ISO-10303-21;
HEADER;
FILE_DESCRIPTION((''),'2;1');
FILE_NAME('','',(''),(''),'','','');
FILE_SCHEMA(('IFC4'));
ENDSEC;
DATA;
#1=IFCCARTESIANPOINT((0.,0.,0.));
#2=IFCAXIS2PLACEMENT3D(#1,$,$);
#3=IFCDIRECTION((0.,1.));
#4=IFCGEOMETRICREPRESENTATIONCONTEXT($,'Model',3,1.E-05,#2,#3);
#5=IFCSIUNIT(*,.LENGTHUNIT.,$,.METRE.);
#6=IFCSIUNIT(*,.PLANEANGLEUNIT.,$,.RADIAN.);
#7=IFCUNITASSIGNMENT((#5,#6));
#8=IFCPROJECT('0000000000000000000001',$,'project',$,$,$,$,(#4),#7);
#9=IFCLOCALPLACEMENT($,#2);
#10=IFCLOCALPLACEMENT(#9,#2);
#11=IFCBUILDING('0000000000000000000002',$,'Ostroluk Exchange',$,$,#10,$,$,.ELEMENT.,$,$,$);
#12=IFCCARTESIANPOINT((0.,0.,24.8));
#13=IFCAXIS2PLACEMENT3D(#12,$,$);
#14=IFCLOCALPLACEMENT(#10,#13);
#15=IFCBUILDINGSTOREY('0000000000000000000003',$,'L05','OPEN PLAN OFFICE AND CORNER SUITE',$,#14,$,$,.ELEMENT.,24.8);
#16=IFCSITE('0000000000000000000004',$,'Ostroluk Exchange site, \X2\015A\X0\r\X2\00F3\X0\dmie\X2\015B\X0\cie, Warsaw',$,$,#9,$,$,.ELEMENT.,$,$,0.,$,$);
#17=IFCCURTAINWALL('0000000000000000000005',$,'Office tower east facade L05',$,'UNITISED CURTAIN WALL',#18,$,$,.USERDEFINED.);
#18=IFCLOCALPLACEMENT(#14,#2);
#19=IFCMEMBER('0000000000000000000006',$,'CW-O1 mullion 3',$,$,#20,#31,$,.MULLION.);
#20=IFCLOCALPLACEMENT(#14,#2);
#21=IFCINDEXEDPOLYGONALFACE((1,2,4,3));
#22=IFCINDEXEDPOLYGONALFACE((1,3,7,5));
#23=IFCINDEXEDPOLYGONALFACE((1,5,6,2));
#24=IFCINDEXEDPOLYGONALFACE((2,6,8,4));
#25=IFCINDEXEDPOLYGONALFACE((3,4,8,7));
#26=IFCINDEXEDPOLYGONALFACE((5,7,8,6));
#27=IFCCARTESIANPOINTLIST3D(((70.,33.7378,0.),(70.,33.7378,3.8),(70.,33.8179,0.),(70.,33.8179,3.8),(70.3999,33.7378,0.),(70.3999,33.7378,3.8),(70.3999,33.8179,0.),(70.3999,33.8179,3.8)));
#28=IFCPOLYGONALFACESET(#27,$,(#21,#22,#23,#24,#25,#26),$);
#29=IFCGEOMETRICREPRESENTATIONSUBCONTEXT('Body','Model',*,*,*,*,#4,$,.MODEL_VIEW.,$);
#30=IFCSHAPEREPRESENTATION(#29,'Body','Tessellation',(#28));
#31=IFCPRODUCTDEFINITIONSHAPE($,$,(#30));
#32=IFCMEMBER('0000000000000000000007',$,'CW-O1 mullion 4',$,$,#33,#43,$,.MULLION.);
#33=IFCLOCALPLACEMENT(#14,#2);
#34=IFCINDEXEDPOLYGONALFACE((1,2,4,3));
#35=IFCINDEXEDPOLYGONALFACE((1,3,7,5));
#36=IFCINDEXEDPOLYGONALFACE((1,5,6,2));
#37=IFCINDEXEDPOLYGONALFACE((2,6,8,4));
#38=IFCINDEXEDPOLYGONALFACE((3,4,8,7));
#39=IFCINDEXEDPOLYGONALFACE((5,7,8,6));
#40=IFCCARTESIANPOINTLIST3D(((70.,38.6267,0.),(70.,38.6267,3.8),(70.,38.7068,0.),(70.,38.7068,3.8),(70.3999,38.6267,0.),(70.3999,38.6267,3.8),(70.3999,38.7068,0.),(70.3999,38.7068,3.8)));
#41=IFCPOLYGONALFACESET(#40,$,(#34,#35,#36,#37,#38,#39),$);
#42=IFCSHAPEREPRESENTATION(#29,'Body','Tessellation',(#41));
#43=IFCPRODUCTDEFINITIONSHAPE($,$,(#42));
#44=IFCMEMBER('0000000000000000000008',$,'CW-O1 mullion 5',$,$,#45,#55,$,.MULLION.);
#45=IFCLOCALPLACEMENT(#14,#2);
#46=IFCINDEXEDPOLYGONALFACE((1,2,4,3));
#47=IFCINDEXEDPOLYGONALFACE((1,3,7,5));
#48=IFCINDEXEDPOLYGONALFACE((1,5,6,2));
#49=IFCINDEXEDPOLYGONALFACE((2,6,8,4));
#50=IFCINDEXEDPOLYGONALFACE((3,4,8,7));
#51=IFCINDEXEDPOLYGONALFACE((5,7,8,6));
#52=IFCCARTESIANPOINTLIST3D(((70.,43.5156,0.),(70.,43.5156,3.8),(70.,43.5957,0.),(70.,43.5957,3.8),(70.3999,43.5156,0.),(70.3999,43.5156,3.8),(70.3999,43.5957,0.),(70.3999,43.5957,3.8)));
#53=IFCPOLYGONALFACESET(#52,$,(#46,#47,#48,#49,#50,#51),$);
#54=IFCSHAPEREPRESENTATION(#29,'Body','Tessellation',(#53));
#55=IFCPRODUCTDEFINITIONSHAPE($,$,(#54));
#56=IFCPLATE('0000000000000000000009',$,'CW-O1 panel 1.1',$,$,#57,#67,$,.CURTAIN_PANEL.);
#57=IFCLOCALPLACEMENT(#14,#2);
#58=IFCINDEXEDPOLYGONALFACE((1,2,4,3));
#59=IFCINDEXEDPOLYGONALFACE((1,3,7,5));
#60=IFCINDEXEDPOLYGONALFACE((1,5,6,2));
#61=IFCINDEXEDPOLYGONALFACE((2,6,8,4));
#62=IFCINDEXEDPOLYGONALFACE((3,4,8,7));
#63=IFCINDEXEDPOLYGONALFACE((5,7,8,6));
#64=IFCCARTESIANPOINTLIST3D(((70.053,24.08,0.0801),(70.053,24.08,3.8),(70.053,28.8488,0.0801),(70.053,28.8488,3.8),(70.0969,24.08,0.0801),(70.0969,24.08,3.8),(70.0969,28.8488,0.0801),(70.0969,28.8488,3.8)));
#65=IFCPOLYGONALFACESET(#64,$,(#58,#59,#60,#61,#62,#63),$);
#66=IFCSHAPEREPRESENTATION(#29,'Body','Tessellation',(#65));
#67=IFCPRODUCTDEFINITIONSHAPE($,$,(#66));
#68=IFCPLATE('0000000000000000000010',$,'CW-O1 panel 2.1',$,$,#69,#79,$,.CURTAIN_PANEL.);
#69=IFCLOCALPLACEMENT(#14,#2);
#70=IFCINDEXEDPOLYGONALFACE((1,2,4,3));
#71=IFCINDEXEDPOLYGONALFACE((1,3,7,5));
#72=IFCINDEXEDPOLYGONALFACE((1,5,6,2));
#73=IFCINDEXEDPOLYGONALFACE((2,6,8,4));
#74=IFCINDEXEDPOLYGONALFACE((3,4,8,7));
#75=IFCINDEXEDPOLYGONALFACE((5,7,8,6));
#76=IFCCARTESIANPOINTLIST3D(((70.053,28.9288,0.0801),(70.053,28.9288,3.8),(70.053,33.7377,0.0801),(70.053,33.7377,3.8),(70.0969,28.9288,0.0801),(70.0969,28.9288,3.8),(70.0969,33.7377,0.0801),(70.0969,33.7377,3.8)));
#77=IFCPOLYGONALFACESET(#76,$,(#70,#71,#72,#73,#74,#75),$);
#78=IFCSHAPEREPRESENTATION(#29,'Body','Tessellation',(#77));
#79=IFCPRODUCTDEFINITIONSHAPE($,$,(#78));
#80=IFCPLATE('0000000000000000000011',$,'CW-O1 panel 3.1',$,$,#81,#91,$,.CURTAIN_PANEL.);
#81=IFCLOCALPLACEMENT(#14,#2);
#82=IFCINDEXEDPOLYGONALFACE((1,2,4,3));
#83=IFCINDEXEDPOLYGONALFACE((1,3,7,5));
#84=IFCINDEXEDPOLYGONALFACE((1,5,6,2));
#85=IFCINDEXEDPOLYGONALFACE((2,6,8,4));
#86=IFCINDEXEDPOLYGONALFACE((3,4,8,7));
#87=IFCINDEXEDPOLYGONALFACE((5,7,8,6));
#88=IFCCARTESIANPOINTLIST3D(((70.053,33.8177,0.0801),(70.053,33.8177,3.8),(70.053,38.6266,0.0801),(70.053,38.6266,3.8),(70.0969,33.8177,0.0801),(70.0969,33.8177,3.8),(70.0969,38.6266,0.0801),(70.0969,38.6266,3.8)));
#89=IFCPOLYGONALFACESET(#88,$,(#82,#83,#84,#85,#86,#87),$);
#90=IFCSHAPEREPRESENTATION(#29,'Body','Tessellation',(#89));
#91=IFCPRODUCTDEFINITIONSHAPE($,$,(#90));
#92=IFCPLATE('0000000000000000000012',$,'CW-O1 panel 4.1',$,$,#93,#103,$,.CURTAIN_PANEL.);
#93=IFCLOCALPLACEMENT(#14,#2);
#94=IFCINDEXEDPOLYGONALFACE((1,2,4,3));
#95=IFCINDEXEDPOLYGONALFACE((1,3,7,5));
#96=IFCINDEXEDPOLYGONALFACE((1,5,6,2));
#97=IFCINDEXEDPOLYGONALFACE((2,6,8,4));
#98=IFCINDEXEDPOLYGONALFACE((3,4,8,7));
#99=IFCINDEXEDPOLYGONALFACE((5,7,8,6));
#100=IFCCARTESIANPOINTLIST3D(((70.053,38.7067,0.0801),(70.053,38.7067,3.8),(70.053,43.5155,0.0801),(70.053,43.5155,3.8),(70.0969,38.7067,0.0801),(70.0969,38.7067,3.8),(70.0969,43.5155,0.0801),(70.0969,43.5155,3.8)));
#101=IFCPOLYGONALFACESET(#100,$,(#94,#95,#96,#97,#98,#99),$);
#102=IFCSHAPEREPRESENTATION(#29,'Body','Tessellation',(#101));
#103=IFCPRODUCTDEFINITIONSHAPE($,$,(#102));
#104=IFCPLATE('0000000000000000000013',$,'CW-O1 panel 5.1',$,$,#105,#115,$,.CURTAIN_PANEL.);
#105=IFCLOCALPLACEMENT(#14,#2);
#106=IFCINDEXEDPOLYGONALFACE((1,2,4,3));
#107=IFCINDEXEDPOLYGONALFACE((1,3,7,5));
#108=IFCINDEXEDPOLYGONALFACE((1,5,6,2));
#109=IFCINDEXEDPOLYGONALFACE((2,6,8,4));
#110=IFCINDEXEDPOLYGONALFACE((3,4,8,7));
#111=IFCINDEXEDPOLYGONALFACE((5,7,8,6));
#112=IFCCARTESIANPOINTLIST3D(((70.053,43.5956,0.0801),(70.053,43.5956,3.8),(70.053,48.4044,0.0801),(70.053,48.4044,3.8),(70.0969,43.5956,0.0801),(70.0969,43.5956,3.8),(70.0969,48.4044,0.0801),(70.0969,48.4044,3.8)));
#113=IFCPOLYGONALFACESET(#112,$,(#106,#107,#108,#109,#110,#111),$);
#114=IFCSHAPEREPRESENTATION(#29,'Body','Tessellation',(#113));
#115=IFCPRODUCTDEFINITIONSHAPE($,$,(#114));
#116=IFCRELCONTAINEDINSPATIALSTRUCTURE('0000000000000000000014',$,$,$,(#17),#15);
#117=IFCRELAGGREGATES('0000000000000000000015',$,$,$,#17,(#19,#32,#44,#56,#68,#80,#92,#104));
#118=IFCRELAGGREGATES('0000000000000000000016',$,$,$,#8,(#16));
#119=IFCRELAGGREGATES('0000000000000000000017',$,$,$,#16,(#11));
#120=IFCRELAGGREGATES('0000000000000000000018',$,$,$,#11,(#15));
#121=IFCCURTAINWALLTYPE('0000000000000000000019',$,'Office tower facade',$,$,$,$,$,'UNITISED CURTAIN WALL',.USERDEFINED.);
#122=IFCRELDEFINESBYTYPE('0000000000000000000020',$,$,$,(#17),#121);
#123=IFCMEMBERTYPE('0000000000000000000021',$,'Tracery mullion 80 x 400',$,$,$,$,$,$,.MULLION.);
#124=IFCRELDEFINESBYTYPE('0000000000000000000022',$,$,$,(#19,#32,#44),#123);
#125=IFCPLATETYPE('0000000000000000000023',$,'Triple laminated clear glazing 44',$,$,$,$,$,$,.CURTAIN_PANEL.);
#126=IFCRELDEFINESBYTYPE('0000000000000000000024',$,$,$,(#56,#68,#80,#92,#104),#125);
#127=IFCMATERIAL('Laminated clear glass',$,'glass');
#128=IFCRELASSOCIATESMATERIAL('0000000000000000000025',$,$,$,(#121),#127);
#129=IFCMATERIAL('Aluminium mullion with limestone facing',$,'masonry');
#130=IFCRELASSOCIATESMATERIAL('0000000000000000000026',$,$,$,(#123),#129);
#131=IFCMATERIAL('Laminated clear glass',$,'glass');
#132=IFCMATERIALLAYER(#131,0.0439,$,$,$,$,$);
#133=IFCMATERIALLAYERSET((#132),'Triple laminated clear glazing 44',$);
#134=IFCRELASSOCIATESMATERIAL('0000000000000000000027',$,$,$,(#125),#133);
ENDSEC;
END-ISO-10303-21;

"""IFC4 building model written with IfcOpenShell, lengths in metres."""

from ifc_helpers import new_model, si_unit, direction, frame, origin, origin_2d, place, context, subcontext, project, spatial, rectangle, extrude, material, layer, layer_set, material_profile, profile_set, type_object, element, aggregate, save


model = new_model("IFC4")

# Units and contexts
model_context = context("Model", 3, precision=1e-05, world=origin(), true_north=direction((0.0, 1.0)))
body_context = subcontext(model_context, "Body", "Model", "MODEL_VIEW")
ifc_project = project(units=[si_unit("LENGTHUNIT", "METRE"), si_unit("PLANEANGLEUNIT", "RADIAN")], contexts=[model_context])

# Site, building, storey
site_placement = place(None, origin())
site = spatial("IfcSite", under=ifc_project, at=site_placement, Name="Ostroluk Exchange site, Śródmieście, Warsaw", CompositionType="ELEMENT", RefElevation=0.0)
building_placement = place(site_placement, origin())
building = spatial("IfcBuilding", under=site, at=building_placement, Name="Ostroluk Exchange", CompositionType="ELEMENT")
storey_placement = place(building_placement, frame((0.0, 0.0, 24.8)))
storey = spatial("IfcBuildingStorey", under=building, at=storey_placement, Name="L05", Description="OPEN PLAN OFFICE AND CORNER SUITE", CompositionType="ELEMENT", Elevation=24.8)

# Curtain wall
ifc_material_1 = material(Name="Laminated clear glass", Category="glass")
curtain_wall_type_1 = type_object("IfcCurtainWallType", Name="Office tower facade", ElementType="UNITISED CURTAIN WALL", PredefinedType="USERDEFINED", material=ifc_material_1)
curtain_wall_1_placement = place(storey_placement, origin())
curtain_wall_1 = element("IfcCurtainWall", 1, at=curtain_wall_1_placement, inside=storey, type_object=curtain_wall_type_1, Name="Office tower east facade L05", ObjectType="UNITISED CURTAIN WALL", PredefinedType="USERDEFINED")

# Members
ifc_material_2 = material(Name="Aluminium mullion with limestone facing", Category="masonry")
ifc_material_profile_1 = material_profile(ifc_material_2, rectangle(XDim=0.3999, YDim=0.0801, at=origin_2d()), Name="Tracery mullion 80 x 400")
ifc_profile_set_1 = profile_set([ifc_material_profile_1], Name="Aluminium mullion with limestone facing")
member_type_1 = type_object("IfcMemberType", Name="Tracery mullion 80 x 400", PredefinedType="MULLION", material=ifc_profile_set_1)
member_1_placement = place(storey_placement, frame((70.2, 33.7778, 0.0), z_axis=(0.0, 0.0, 1.0), x_axis=(-1.0, 0.0, 0.0)))
member_1 = element("IfcMember", 2, at=member_1_placement, type_object=member_type_1, Name="CW-O1 mullion 3", PredefinedType="MULLION", context=body_context, shape_type="SweptSolid", body=[
    extrude(rectangle(XDim=0.3999, YDim=0.0801, at=origin_2d()), origin(), (0.0, 0.0, 1.0), 3.8),
])
member_2_placement = place(storey_placement, frame((70.2, 38.6667, 0.0), z_axis=(0.0, 0.0, 1.0), x_axis=(-1.0, 0.0, 0.0)))
member_2 = element("IfcMember", 3, at=member_2_placement, type_object=member_type_1, Name="CW-O1 mullion 4", PredefinedType="MULLION", context=body_context, shape_type="SweptSolid", body=[
    extrude(rectangle(XDim=0.3999, YDim=0.0801, at=origin_2d()), origin(), (0.0, 0.0, 1.0), 3.8),
])
member_3_placement = place(storey_placement, frame((70.2, 43.5557, 0.0), z_axis=(0.0, 0.0, 1.0), x_axis=(-1.0, 0.0, 0.0)))
member_3 = element("IfcMember", 4, at=member_3_placement, type_object=member_type_1, Name="CW-O1 mullion 5", PredefinedType="MULLION", context=body_context, shape_type="SweptSolid", body=[
    extrude(rectangle(XDim=0.3999, YDim=0.0801, at=origin_2d()), origin(), (0.0, 0.0, 1.0), 3.8),
])

# Plates
ifc_material_3 = material(Name="Laminated clear glass", Category="glass")
ifc_layer = layer(ifc_material_3, 0.0439)
ifc_layer_set = layer_set([ifc_layer], Name="Triple laminated clear glazing 44")
plate_type = type_object("IfcPlateType", Name="Triple laminated clear glazing 44", PredefinedType="CURTAIN_PANEL", material=ifc_layer_set)
plate_1_placement = place(storey_placement, frame((70.075, 26.4644, 0.0801), z_axis=(0.0, 0.0, 1.0), x_axis=(0.0, 1.0, 0.0)))
plate_1 = element("IfcPlate", 5, at=plate_1_placement, type_object=plate_type, Name="CW-O1 panel 1.1", PredefinedType="CURTAIN_PANEL", context=body_context, shape_type="SweptSolid", body=[
    extrude(rectangle(XDim=4.7688, YDim=0.0439, at=origin_2d()), origin(), (0.0, 0.0, 1.0), 3.72),
])
plate_2_placement = place(storey_placement, frame((70.075, 31.3333, 0.0801), z_axis=(0.0, 0.0, 1.0), x_axis=(0.0, 1.0, 0.0)))
plate_2 = element("IfcPlate", 6, at=plate_2_placement, type_object=plate_type, Name="CW-O1 panel 2.1", PredefinedType="CURTAIN_PANEL", context=body_context, shape_type="SweptSolid", body=[
    extrude(rectangle(XDim=4.8088, YDim=0.0439, at=origin_2d()), origin(), (0.0, 0.0, 1.0), 3.72),
])
plate_3_placement = place(storey_placement, frame((70.075, 36.2222, 0.0801), z_axis=(0.0, 0.0, 1.0), x_axis=(0.0, 1.0, 0.0)))
plate_3 = element("IfcPlate", 7, at=plate_3_placement, type_object=plate_type, Name="CW-O1 panel 3.1", PredefinedType="CURTAIN_PANEL", context=body_context, shape_type="SweptSolid", body=[
    extrude(rectangle(XDim=4.8088, YDim=0.0439, at=origin_2d()), origin(), (0.0, 0.0, 1.0), 3.72),
])
plate_4_placement = place(storey_placement, frame((70.075, 41.1111, 0.0801), z_axis=(0.0, 0.0, 1.0), x_axis=(0.0, 1.0, 0.0)))
plate_4 = element("IfcPlate", 8, at=plate_4_placement, type_object=plate_type, Name="CW-O1 panel 4.1", PredefinedType="CURTAIN_PANEL", context=body_context, shape_type="SweptSolid", body=[
    extrude(rectangle(XDim=4.8088, YDim=0.0439, at=origin_2d()), origin(), (0.0, 0.0, 1.0), 3.72),
])
plate_5_placement = place(storey_placement, frame((70.075, 46.0, 0.0801), z_axis=(0.0, 0.0, 1.0), x_axis=(0.0, 1.0, 0.0)))
plate_5 = element("IfcPlate", 9, at=plate_5_placement, type_object=plate_type, Name="CW-O1 panel 5.1", PredefinedType="CURTAIN_PANEL", context=body_context, shape_type="SweptSolid", body=[
    extrude(rectangle(XDim=4.8088, YDim=0.0439, at=origin_2d()), origin(), (0.0, 0.0, 1.0), 3.72),
])
aggregate(curtain_wall_1, [member_1, member_2, member_3, plate_1, plate_2, plate_3, plate_4, plate_5])

save(model, "model.ifc")
